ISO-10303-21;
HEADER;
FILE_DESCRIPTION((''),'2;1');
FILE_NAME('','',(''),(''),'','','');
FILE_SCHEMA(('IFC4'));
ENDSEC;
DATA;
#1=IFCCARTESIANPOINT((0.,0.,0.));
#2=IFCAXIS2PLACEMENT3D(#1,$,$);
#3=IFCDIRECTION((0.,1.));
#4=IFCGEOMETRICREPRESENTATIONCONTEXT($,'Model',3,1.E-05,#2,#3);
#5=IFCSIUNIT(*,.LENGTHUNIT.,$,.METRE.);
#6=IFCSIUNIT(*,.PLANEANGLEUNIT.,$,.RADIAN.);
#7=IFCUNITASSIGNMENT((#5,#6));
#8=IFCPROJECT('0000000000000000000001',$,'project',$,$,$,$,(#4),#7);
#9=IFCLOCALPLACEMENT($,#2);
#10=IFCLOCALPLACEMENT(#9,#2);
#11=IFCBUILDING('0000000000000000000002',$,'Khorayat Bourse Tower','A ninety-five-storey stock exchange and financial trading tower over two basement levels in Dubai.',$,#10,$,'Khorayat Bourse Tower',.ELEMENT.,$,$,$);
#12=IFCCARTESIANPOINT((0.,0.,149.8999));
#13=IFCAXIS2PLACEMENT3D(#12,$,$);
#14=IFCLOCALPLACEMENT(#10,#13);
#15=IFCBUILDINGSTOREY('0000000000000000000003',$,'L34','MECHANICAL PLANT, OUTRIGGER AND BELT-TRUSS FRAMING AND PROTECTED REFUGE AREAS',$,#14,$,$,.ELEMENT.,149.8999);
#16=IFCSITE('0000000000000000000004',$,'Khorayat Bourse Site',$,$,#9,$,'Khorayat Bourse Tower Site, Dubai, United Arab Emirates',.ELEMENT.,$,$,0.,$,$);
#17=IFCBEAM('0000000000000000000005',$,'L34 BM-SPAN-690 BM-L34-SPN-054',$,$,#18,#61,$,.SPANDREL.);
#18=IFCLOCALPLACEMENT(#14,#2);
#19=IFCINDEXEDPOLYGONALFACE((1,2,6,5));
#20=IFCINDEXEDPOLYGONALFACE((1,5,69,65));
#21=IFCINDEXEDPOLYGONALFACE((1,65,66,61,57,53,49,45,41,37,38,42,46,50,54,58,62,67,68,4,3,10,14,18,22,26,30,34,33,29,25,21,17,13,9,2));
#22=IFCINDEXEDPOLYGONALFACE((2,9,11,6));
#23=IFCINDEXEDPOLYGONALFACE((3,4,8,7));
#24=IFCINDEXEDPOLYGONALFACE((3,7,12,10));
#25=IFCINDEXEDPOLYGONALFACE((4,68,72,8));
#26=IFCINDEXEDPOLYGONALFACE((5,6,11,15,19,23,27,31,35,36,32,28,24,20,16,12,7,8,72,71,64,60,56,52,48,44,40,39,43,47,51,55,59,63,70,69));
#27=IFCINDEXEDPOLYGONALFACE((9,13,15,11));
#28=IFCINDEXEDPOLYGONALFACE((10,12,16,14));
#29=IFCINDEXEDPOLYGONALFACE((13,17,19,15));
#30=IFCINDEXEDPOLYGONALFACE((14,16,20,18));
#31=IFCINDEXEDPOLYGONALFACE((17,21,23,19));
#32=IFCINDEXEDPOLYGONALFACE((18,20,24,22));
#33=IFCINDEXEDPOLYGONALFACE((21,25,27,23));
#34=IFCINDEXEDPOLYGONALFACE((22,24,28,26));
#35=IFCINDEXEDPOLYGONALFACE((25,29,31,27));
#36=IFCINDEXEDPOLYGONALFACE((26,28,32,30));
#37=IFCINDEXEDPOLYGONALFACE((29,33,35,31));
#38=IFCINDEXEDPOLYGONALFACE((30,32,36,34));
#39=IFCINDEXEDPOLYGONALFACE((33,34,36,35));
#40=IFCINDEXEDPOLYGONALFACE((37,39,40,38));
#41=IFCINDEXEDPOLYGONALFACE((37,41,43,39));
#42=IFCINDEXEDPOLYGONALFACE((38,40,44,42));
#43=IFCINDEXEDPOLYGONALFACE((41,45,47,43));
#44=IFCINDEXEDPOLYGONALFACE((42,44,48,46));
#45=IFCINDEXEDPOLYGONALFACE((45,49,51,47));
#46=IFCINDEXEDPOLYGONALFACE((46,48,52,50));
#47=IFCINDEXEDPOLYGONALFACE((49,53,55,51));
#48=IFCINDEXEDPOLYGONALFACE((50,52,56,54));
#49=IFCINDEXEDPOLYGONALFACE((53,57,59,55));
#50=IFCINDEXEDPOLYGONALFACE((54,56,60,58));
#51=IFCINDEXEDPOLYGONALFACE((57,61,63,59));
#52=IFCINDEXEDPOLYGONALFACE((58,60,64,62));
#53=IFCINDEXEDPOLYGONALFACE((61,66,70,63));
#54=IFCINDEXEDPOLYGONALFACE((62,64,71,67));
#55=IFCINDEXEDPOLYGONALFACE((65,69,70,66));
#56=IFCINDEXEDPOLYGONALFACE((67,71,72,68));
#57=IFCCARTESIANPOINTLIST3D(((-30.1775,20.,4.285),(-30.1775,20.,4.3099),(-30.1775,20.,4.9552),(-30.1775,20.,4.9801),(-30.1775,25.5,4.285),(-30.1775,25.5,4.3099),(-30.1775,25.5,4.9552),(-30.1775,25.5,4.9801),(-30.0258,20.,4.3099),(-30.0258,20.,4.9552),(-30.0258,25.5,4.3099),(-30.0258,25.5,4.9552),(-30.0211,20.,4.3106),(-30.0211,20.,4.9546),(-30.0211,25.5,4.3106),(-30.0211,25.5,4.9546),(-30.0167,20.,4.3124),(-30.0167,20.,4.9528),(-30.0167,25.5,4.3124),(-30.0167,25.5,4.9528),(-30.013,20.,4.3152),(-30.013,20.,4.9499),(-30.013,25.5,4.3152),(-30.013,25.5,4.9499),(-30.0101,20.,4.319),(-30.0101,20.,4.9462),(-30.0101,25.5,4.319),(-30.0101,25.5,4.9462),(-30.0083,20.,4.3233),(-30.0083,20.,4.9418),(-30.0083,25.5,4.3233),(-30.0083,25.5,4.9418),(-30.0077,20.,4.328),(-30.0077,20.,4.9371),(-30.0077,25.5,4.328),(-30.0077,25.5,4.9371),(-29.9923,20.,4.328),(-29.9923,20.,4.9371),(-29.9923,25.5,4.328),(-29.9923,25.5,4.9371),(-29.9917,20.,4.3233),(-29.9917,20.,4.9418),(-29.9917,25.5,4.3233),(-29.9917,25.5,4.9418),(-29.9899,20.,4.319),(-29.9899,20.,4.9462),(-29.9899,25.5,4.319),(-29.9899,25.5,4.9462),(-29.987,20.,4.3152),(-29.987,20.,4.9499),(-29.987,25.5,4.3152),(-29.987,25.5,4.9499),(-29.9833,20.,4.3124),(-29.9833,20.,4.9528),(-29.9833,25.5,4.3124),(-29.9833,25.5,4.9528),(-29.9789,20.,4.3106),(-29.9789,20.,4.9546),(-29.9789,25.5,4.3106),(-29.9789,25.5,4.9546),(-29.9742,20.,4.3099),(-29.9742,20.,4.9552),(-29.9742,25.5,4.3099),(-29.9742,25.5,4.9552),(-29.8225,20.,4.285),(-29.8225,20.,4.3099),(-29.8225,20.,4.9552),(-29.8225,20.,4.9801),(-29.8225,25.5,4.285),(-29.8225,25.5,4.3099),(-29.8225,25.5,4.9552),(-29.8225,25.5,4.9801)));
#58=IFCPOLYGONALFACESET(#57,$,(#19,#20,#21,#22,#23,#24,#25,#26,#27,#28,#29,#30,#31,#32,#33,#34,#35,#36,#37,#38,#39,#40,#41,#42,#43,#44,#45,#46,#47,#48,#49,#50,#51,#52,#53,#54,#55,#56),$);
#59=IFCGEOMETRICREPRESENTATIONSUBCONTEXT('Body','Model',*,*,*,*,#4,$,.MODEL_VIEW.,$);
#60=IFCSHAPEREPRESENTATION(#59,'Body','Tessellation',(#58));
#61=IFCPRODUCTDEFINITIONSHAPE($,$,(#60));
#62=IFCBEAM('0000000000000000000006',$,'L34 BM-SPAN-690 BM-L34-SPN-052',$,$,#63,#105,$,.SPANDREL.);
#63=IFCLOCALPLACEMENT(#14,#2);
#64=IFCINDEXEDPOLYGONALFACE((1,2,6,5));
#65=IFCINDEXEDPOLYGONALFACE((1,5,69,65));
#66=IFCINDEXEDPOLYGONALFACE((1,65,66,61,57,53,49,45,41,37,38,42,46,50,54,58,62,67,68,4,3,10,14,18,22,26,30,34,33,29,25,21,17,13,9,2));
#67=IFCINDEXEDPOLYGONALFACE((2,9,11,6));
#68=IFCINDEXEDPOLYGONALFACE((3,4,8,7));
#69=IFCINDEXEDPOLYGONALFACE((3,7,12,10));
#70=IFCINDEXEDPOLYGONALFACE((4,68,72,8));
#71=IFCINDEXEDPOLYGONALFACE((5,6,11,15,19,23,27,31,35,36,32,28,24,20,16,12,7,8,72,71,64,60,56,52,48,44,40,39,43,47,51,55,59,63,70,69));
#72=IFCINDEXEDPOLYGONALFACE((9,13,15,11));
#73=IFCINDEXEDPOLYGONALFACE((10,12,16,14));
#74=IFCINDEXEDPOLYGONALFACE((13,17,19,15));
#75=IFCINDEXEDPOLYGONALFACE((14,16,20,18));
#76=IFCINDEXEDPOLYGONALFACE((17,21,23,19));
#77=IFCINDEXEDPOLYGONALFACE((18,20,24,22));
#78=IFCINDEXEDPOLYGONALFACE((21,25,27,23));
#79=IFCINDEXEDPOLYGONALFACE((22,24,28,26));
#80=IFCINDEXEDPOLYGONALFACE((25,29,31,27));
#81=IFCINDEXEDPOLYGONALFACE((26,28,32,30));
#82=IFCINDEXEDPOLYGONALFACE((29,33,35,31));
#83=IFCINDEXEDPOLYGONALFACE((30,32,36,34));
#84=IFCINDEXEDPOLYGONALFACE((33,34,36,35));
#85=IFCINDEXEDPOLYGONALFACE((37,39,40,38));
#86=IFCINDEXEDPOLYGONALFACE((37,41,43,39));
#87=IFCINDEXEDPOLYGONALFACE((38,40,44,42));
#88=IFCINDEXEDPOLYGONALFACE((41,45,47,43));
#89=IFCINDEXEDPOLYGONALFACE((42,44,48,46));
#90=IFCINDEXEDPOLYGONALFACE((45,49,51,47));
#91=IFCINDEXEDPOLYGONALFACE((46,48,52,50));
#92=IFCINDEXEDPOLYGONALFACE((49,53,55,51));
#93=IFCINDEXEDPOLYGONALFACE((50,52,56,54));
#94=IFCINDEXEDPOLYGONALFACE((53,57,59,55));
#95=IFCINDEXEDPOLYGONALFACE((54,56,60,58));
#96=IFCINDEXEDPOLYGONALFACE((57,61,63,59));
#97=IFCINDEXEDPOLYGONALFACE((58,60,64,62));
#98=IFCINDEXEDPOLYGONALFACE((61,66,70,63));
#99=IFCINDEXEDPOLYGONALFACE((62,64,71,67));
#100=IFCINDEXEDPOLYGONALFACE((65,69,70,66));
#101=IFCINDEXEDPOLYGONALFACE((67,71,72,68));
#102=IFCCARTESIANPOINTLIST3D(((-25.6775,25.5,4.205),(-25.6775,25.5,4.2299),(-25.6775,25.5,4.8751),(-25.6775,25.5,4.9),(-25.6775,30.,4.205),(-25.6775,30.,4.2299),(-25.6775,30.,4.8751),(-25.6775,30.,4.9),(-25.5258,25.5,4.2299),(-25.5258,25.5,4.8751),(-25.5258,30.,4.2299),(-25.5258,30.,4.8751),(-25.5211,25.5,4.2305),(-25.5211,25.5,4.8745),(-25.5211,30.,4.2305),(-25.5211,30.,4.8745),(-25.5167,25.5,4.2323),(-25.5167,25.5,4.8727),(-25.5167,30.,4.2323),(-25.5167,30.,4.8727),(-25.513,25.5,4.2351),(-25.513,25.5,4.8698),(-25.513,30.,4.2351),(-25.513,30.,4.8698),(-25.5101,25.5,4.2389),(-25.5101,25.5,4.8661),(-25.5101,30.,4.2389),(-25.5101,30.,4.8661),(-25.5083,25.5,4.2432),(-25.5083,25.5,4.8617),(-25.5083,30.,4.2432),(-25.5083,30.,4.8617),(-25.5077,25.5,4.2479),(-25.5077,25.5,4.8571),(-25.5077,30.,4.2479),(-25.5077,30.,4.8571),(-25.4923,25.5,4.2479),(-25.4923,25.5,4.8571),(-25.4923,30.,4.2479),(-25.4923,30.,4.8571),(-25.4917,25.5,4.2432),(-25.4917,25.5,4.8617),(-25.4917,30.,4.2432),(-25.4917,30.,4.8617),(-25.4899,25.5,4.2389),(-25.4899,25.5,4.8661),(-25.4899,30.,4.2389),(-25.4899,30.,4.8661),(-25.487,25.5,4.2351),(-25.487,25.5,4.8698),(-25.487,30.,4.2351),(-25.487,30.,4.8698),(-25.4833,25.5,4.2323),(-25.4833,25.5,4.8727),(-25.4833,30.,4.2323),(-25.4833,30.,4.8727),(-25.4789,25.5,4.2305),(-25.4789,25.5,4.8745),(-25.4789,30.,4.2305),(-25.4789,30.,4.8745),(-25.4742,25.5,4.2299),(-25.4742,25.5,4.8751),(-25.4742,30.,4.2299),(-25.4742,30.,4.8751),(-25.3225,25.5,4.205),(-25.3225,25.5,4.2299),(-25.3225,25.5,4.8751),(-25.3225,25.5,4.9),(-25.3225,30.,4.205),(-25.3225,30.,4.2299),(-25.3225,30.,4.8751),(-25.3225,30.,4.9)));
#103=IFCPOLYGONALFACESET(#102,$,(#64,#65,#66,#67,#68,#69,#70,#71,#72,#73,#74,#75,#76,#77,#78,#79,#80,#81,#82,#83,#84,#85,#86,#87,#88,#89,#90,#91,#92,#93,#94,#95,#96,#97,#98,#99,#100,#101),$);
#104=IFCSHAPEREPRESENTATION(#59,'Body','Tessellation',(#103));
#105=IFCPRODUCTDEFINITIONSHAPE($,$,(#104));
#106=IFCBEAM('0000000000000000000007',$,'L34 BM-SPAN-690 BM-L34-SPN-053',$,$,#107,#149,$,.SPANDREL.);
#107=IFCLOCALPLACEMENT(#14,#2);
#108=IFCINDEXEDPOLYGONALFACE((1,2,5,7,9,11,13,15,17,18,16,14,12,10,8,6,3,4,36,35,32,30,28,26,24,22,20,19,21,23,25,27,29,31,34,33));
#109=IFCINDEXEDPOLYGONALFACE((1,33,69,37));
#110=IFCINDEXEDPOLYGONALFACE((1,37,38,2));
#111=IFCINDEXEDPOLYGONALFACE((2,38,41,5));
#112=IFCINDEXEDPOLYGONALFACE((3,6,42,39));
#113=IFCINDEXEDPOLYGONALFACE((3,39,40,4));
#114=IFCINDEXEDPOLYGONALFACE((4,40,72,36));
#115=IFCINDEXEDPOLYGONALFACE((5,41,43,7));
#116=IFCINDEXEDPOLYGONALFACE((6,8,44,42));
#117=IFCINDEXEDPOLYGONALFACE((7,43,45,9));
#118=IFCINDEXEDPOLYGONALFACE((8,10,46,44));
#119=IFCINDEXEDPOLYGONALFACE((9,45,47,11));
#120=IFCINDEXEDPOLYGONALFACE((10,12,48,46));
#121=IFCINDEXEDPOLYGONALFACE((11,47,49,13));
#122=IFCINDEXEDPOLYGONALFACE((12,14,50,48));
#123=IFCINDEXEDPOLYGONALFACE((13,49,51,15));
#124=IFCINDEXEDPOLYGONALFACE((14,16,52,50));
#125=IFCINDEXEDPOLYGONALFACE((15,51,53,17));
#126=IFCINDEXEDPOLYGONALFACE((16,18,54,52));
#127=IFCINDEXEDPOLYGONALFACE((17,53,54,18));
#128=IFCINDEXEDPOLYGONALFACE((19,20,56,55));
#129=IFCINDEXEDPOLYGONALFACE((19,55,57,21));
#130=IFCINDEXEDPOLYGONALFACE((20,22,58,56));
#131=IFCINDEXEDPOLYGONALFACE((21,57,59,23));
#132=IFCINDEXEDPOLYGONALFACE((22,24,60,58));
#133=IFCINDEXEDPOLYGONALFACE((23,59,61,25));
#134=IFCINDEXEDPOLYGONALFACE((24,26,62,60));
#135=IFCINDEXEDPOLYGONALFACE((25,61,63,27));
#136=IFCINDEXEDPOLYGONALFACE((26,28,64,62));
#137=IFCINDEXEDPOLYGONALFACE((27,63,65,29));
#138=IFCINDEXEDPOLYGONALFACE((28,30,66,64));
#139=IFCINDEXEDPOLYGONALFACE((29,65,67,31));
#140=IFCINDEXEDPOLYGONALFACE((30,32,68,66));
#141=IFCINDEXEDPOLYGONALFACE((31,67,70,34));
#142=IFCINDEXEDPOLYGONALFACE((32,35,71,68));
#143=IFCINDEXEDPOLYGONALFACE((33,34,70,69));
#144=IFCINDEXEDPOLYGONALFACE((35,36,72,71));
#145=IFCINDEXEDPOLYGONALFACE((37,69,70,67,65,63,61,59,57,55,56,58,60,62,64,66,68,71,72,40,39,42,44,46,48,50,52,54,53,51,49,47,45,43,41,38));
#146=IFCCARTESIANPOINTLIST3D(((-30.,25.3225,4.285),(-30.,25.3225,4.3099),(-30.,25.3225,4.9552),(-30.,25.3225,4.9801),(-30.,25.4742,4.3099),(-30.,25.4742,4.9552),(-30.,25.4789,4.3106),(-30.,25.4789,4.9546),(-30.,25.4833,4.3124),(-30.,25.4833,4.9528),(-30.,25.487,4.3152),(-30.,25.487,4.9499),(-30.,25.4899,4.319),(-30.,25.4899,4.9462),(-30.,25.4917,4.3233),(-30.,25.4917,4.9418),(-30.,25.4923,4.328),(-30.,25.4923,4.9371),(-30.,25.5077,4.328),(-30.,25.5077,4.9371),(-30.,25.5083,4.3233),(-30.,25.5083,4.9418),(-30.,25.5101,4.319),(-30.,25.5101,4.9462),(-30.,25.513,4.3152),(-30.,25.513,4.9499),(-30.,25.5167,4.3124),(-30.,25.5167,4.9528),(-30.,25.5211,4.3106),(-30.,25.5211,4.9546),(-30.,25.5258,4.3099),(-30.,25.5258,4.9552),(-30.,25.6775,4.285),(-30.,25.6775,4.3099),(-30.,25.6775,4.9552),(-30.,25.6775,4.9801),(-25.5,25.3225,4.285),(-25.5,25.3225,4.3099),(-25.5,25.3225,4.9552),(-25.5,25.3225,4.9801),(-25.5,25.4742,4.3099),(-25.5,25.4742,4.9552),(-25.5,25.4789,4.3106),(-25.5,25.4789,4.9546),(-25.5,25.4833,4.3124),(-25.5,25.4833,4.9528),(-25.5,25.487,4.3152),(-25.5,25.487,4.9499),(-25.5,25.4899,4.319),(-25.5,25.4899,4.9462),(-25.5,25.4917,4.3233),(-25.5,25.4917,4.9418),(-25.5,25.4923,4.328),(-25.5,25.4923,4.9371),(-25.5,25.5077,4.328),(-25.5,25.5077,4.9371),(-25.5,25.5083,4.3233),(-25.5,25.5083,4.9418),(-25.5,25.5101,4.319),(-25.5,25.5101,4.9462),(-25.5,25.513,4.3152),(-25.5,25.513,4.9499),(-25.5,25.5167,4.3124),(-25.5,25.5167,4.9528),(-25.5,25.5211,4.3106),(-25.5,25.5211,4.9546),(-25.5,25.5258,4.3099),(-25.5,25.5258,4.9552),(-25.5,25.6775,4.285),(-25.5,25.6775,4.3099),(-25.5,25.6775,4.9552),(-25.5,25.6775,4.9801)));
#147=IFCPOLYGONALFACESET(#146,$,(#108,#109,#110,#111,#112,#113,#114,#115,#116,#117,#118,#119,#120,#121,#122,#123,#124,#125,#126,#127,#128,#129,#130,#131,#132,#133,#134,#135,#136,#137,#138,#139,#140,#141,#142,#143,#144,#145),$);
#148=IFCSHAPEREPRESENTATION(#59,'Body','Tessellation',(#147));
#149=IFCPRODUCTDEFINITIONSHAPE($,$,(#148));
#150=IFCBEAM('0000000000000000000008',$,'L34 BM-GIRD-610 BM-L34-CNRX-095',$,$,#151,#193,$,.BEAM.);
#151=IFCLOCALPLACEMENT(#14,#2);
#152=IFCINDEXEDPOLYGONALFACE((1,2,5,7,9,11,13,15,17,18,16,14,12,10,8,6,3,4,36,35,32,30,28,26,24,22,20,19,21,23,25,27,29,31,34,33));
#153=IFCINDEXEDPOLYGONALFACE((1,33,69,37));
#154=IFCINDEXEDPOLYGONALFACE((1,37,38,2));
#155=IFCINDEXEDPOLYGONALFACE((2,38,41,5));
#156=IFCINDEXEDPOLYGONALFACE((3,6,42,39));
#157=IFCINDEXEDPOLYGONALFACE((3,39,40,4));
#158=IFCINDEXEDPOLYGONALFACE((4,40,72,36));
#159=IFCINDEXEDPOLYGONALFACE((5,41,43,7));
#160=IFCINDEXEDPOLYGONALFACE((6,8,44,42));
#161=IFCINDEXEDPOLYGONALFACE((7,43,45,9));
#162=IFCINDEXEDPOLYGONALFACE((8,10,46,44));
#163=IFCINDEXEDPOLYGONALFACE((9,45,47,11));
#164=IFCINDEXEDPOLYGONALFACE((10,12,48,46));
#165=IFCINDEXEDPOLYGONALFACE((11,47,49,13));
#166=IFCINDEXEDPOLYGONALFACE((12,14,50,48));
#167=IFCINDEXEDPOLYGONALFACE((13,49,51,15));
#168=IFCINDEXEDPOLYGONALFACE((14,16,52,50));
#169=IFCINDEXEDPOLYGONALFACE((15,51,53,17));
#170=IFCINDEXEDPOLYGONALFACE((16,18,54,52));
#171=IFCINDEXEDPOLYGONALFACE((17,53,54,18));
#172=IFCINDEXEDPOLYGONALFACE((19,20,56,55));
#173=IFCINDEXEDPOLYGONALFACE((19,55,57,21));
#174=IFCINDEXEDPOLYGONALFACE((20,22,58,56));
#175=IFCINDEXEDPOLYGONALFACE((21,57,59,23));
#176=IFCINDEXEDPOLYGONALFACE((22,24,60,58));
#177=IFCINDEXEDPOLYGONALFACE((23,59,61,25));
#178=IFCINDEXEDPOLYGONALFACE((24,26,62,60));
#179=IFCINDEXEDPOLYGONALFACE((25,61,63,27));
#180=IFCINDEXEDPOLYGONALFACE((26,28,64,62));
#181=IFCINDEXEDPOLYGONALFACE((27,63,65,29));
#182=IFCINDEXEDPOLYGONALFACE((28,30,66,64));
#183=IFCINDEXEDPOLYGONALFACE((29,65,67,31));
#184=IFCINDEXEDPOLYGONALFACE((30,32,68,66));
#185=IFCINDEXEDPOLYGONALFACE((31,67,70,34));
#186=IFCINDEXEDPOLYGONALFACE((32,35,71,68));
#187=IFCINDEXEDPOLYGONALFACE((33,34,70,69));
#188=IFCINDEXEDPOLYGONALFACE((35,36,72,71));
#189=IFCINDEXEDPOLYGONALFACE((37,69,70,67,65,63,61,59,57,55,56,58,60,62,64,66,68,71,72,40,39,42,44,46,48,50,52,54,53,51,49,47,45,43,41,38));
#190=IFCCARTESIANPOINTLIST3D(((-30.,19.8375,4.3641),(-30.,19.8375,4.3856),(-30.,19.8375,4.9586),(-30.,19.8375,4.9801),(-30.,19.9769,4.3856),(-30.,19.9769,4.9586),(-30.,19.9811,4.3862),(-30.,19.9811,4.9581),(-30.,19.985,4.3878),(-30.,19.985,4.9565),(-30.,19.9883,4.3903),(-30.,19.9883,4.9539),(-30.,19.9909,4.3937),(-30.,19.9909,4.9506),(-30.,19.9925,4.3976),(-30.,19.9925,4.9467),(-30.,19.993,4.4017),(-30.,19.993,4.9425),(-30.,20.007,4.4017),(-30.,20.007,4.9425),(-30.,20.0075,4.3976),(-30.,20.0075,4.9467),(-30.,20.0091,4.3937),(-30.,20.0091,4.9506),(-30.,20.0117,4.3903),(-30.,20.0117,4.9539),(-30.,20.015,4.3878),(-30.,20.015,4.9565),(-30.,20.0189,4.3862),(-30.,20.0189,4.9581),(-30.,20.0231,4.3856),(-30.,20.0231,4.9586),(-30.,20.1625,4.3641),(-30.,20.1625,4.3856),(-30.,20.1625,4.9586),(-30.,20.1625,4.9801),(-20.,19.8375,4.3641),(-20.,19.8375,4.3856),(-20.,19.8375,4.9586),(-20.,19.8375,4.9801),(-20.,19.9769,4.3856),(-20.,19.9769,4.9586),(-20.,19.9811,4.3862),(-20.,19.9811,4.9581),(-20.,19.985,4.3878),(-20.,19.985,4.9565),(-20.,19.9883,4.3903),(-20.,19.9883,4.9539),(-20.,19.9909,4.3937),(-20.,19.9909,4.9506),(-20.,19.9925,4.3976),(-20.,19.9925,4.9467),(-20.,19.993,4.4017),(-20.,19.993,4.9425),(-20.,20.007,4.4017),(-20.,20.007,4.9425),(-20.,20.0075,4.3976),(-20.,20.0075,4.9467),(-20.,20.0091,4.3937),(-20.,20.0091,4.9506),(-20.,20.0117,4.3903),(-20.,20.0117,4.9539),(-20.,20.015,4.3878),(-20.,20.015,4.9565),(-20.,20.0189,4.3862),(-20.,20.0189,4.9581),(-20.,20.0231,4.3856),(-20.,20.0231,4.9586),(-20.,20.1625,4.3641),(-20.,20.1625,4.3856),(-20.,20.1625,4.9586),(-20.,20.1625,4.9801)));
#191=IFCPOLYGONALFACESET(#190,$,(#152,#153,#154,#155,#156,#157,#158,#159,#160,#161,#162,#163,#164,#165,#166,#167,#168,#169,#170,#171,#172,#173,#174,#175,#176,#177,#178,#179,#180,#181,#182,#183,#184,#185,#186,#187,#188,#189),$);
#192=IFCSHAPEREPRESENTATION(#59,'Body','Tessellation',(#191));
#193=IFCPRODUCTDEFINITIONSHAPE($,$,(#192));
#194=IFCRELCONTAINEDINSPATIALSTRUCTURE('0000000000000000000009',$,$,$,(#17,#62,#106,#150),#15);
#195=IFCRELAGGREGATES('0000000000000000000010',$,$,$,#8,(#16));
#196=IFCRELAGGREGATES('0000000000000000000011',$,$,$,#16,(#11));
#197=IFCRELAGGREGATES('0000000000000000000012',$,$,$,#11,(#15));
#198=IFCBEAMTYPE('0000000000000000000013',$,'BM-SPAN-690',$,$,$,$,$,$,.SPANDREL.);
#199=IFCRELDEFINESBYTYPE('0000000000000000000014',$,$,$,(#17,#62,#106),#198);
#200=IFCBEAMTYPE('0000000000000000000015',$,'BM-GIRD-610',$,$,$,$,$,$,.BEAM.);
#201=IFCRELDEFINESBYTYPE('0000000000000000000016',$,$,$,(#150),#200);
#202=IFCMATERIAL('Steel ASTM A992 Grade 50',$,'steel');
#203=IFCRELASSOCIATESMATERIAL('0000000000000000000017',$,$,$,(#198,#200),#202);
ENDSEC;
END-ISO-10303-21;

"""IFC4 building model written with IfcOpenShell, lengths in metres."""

from ifc_helpers import new_model, si_unit, direction, frame, origin, origin_2d, place, context, subcontext, project, spatial, i_section, extrude, source, transform, mapped, material, material_profile, profile_set, type_object, element, save


model = new_model("IFC4")

# Units and contexts
model_context = context("Model", 3, precision=1e-05, world=origin(), true_north=direction((0.0, 1.0)))
body_context = subcontext(model_context, "Body", "Model", "MODEL_VIEW")
ifc_project = project(units=[si_unit("LENGTHUNIT", "METRE"), si_unit("PLANEANGLEUNIT", "RADIAN")], contexts=[model_context])

# Site, building, storey
site_placement = place(None, origin())
site = spatial("IfcSite", under=ifc_project, at=site_placement, Name="Khorayat Bourse Site", LongName="Khorayat Bourse Tower Site, Dubai, United Arab Emirates", CompositionType="ELEMENT", RefElevation=0.0)
building_placement = place(site_placement, origin())
building = spatial("IfcBuilding", under=site, at=building_placement, Name="Khorayat Bourse Tower", Description="A ninety-five-storey stock exchange and financial trading tower over two basement levels in Dubai.", LongName="Khorayat Bourse Tower", CompositionType="ELEMENT")
storey_placement = place(building_placement, frame((0.0, 0.0, 149.8999)))
storey = spatial("IfcBuildingStorey", under=building, at=storey_placement, Name="L34", Description="MECHANICAL PLANT, OUTRIGGER AND BELT-TRUSS FRAMING AND PROTECTED REFUGE AREAS", CompositionType="ELEMENT", Elevation=149.8999)

# Beams
ifc_material_1 = material(Name="Steel ASTM A992 Grade 50", Category="steel")
ifc_material_profile_1 = material_profile(ifc_material_1, i_section(OverallWidth=0.355, OverallDepth=0.6951, WebThickness=0.0154, FlangeThickness=0.0249, FilletRadius=0.0181, at=origin_2d()), Name="W690X217")
ifc_profile_set_1 = profile_set([ifc_material_profile_1], Name="Steel ASTM A992 Grade 50")
beam_type_1 = type_object("IfcBeamType", Name="BM-SPAN-690", PredefinedType="SPANDREL", material=ifc_profile_set_1)
shared_shape_1 = source(origin(), body_context, "Body", "SweptSolid", [
    extrude(i_section(OverallWidth=0.355, OverallDepth=0.6951, WebThickness=0.0154, FlangeThickness=0.0249, FilletRadius=0.0181, at=origin_2d()), origin(), (0.0, 0.0, 1.0), 5.5),
])
for number, where, z_axis, x_axis, name in (
    (1, (-30.0, 20.0, 4.6326), (0.0, 1.0, 0.0), (-1.0, 0.0, 0.0), "L34 BM-SPAN-690 BM-L34-SPN-054"),
):
    element("IfcBeam", number, at=place(storey_placement, frame(where, z_axis=z_axis, x_axis=x_axis)), inside=storey, type_object=beam_type_1, Name=name, PredefinedType="SPANDREL", context=body_context, shape_type="MappedRepresentation", body=[
        mapped(shared_shape_1, transform((0.0, 0.0, 0.0), scale=1.0)),
    ])
shared_shape_2 = source(origin(), body_context, "Body", "SweptSolid", [
    extrude(i_section(OverallWidth=0.355, OverallDepth=0.6951, WebThickness=0.0154, FlangeThickness=0.0249, FilletRadius=0.0181, at=origin_2d()), origin(), (0.0, 0.0, 1.0), 4.5),
])
for number, where, z_axis, x_axis, name in (
    (2, (-25.5, 25.5, 4.5525), (0.0, 1.0, 0.0), (-1.0, 0.0, 0.0), "L34 BM-SPAN-690 BM-L34-SPN-052"),
    (3, (-30.0, 25.5, 4.6326), (1.0, 0.0, 0.0), (0.0, 1.0, 0.0), "L34 BM-SPAN-690 BM-L34-SPN-053"),
):
    element("IfcBeam", number, at=place(storey_placement, frame(where, z_axis=z_axis, x_axis=x_axis)), inside=storey, type_object=beam_type_1, Name=name, PredefinedType="SPANDREL", context=body_context, shape_type="MappedRepresentation", body=[
        mapped(shared_shape_2, transform((0.0, 0.0, 0.0), scale=1.0)),
    ])
ifc_material_profile_2 = material_profile(ifc_material_1, i_section(OverallWidth=0.325, OverallDepth=0.616, WebThickness=0.0139, FlangeThickness=0.0215, FilletRadius=0.0161, at=origin_2d()), Name="W610X174")
ifc_profile_set_2 = profile_set([ifc_material_profile_2], Name="Steel ASTM A992 Grade 50")
beam_type_2 = type_object("IfcBeamType", Name="BM-GIRD-610", PredefinedType="BEAM", material=ifc_profile_set_2)
shared_shape_3 = source(origin(), body_context, "Body", "SweptSolid", [
    extrude(i_section(OverallWidth=0.325, OverallDepth=0.616, WebThickness=0.0139, FlangeThickness=0.0215, FilletRadius=0.0161, at=origin_2d()), origin(), (0.0, 0.0, 1.0), 10.0),
])
beam_1_placement = place(storey_placement, frame((-30.0, 20.0, 4.6721), z_axis=(1.0, 0.0, 0.0), x_axis=(0.0, 1.0, 0.0)))
element("IfcBeam", 4, at=beam_1_placement, inside=storey, type_object=beam_type_2, Name="L34 BM-GIRD-610 BM-L34-CNRX-095", PredefinedType="BEAM", context=body_context, shape_type="MappedRepresentation", body=[
    mapped(shared_shape_3, transform((0.0, 0.0, 0.0), scale=1.0)),
])

save(model, "model.ifc")
